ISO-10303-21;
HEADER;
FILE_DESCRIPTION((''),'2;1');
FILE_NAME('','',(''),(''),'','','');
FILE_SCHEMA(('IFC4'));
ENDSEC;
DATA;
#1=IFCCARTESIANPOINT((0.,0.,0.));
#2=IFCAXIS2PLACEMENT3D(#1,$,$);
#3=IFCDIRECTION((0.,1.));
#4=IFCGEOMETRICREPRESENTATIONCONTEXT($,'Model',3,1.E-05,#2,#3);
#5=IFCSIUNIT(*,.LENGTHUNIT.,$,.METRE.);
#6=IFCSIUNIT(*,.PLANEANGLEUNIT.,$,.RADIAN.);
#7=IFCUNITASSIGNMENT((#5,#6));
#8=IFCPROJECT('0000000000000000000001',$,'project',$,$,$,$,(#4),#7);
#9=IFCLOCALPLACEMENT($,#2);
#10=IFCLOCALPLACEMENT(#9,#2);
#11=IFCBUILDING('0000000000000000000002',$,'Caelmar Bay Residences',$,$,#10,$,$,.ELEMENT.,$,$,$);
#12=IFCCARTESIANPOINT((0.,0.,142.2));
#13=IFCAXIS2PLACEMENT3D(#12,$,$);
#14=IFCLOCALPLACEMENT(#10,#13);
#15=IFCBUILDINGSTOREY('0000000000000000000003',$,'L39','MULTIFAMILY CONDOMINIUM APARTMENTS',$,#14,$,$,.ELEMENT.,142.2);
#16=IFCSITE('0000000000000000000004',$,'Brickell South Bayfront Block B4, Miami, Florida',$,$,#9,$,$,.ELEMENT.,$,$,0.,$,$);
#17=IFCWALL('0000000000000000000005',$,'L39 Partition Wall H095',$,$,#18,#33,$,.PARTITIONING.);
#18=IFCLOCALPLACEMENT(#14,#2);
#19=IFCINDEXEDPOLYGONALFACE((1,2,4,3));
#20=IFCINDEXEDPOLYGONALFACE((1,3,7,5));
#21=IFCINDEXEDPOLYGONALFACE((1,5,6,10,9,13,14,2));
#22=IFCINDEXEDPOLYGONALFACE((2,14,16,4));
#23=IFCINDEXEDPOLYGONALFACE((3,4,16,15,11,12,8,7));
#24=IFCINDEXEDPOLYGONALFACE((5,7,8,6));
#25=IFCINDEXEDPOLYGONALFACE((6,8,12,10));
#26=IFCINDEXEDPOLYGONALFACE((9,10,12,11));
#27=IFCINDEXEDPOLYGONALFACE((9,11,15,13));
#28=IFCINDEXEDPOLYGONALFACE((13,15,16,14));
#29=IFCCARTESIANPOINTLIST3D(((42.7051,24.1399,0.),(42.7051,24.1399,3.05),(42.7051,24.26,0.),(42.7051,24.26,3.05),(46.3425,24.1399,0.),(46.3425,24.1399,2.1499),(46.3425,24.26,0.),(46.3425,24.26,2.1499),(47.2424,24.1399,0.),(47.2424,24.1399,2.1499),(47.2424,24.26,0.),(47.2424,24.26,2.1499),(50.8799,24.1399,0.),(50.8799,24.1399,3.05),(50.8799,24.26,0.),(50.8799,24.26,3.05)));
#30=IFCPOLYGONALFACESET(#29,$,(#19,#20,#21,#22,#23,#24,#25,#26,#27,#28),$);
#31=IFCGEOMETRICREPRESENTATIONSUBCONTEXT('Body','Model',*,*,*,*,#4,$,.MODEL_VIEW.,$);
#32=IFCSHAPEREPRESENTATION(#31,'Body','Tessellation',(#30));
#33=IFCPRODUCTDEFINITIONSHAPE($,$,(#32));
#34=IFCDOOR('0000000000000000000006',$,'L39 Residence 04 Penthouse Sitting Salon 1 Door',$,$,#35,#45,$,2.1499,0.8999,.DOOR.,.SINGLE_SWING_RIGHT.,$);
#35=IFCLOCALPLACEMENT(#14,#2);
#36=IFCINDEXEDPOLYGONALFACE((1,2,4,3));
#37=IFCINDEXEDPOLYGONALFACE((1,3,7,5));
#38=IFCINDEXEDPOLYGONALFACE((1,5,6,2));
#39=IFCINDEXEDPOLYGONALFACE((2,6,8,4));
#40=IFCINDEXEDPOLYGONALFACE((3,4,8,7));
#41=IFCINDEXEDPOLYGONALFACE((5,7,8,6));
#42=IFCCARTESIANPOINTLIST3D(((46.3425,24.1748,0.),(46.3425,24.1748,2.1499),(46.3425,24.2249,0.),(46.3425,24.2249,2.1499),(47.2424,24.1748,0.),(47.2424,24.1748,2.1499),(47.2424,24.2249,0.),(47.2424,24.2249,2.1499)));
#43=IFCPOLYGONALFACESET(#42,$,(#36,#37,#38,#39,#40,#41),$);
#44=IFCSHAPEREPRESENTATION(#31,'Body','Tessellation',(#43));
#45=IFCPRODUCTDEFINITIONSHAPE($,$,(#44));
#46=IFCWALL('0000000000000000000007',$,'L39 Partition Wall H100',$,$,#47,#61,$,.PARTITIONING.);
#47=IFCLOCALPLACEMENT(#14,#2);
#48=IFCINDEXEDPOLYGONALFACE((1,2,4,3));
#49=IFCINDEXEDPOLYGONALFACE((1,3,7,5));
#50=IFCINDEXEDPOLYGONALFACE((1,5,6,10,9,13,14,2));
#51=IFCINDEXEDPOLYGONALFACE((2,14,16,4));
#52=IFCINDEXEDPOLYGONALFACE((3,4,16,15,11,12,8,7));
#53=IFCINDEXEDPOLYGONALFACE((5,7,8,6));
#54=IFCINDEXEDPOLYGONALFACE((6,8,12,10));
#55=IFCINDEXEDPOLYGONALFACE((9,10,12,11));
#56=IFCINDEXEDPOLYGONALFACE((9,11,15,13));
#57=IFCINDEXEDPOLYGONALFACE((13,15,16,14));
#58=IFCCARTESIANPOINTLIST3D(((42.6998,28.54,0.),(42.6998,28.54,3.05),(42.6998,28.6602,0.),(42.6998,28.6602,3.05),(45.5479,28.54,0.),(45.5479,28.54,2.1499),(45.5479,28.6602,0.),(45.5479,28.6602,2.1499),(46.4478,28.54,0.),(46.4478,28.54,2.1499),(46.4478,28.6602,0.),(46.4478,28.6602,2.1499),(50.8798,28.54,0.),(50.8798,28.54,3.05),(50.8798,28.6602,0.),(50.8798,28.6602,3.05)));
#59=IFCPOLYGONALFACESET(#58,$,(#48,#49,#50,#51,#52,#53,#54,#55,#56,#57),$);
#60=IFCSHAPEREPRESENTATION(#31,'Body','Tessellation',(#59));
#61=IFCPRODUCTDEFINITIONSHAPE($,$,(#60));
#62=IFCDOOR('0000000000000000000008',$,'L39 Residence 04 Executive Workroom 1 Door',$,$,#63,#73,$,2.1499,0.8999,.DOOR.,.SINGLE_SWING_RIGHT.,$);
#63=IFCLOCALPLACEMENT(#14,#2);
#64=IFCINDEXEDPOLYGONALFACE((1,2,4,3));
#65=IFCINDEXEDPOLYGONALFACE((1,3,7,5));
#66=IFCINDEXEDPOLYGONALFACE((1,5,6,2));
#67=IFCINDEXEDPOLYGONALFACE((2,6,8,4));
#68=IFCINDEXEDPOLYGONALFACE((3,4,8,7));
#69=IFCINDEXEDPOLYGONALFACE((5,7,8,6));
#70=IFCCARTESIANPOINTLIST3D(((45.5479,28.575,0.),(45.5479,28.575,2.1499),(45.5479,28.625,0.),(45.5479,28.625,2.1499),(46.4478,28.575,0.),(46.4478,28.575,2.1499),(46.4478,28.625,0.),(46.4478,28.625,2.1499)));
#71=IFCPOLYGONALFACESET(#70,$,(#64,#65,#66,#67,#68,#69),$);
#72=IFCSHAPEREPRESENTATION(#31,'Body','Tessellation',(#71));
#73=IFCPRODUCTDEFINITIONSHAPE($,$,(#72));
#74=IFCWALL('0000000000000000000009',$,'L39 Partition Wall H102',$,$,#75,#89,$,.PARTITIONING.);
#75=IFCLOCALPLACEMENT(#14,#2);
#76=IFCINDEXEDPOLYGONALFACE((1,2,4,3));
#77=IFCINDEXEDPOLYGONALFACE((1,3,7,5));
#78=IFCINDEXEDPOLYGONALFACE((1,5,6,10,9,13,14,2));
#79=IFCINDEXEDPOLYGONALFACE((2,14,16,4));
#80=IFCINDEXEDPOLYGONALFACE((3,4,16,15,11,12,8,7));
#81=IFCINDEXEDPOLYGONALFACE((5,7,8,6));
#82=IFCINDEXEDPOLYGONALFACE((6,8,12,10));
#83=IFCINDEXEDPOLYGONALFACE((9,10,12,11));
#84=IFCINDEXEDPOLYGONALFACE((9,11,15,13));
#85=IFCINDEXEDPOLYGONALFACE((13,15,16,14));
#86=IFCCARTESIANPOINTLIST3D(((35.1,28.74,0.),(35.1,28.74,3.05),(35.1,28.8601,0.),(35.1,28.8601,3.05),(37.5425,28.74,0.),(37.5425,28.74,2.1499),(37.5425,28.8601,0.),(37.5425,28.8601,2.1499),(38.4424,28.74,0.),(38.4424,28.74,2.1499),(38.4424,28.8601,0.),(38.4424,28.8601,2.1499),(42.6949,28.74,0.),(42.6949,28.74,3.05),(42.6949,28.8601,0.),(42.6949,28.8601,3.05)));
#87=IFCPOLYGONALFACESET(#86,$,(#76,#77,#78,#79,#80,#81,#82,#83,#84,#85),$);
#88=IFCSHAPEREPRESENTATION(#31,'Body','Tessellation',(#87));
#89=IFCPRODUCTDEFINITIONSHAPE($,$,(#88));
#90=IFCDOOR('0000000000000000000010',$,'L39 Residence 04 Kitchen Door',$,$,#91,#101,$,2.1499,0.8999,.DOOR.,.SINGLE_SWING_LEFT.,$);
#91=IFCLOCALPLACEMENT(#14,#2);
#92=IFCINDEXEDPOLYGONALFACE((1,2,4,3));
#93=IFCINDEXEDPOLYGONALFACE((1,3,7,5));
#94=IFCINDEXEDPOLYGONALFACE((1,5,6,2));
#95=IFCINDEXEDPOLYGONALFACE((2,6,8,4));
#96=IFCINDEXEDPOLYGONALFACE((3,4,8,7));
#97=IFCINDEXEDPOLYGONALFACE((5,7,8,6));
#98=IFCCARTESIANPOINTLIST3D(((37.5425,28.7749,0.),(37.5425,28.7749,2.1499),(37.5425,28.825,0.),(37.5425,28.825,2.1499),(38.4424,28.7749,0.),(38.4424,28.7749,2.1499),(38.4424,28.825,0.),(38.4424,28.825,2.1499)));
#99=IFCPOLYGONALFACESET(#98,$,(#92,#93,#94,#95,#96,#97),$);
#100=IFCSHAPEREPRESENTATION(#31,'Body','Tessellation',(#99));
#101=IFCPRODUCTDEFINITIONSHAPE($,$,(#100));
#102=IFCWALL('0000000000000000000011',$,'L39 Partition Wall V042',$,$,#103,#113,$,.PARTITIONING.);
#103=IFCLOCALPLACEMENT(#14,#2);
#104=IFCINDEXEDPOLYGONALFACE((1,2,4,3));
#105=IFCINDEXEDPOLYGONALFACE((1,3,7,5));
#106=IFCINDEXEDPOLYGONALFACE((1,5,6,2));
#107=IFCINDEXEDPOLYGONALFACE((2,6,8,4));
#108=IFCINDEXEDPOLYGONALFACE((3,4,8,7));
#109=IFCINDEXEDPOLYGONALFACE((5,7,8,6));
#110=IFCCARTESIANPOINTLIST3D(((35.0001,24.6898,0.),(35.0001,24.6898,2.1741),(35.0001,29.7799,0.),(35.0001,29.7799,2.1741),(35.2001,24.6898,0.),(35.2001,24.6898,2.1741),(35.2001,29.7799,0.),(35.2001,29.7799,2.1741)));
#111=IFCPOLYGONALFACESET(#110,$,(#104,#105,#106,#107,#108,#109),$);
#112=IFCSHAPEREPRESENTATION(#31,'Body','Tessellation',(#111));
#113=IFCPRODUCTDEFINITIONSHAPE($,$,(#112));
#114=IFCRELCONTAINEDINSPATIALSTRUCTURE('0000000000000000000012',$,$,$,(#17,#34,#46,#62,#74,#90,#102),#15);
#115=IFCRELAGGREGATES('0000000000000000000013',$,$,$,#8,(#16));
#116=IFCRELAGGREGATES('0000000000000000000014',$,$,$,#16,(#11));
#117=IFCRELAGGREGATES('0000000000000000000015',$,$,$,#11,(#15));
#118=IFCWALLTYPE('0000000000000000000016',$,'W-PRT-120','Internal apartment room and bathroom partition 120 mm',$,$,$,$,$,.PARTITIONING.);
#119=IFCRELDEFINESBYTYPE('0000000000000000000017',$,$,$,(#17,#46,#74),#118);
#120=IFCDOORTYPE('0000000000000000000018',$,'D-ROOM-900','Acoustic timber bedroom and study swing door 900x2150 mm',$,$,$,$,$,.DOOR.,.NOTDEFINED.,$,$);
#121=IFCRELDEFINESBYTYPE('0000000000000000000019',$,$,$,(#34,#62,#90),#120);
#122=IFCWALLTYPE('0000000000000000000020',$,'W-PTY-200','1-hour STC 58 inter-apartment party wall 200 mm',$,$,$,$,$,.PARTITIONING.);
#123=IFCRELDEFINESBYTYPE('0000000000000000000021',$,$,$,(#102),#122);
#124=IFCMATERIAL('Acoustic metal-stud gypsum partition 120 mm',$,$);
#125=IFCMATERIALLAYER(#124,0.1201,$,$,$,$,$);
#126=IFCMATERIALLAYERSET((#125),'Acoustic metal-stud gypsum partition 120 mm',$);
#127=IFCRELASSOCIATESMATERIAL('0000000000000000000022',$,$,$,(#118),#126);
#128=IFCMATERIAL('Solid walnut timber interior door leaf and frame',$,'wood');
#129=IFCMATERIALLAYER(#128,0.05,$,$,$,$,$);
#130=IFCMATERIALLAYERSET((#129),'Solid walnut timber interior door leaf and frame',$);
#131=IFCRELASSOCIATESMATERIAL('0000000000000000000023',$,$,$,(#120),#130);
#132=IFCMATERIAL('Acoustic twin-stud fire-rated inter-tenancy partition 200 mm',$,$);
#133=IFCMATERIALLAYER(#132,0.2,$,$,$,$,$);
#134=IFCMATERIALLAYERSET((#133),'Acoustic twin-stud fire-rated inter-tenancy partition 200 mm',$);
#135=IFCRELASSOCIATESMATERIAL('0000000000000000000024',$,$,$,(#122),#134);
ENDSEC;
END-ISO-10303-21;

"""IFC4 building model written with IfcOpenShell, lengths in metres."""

from ifc_helpers import new_model, si_unit, direction, frame, frame_2d, origin, place, context, subcontext, project, spatial, rectangle, extrude, material, layer, layer_set, type_object, element, fill, save


model = new_model("IFC4")

# Units and contexts
model_context = context("Model", 3, precision=1e-05, world=origin(), true_north=direction((0.0, 1.0)))
body_context = subcontext(model_context, "Body", "Model", "MODEL_VIEW")
ifc_project = project(units=[si_unit("LENGTHUNIT", "METRE"), si_unit("PLANEANGLEUNIT", "RADIAN")], contexts=[model_context])

# Site, building, storey
site_placement = place(None, origin())
site = spatial("IfcSite", under=ifc_project, at=site_placement, Name="Brickell South Bayfront Block B4, Miami, Florida", CompositionType="ELEMENT", RefElevation=0.0)
building_placement = place(site_placement, origin())
building = spatial("IfcBuilding", under=site, at=building_placement, Name="Caelmar Bay Residences", CompositionType="ELEMENT")
storey_placement = place(building_placement, frame((0.0, 0.0, 142.2)))
storey = spatial("IfcBuildingStorey", under=building, at=storey_placement, Name="L39", Description="MULTIFAMILY CONDOMINIUM APARTMENTS", CompositionType="ELEMENT", Elevation=142.2)

# Shared definitions
ifc_material_1 = material(Name="Acoustic metal-stud gypsum partition 120 mm")
ifc_layer_1 = layer(ifc_material_1, 0.1201)
ifc_layer_set_1 = layer_set([ifc_layer_1], Name="Acoustic metal-stud gypsum partition 120 mm")
wall_type_1 = type_object("IfcWallType", Name="W-PRT-120", Description="Internal apartment room and bathroom partition 120 mm", PredefinedType="PARTITIONING", material=ifc_layer_set_1)

# Walls, openings, doors
ifc_material_2 = material(Name="Solid walnut timber interior door leaf and frame", Category="wood")
ifc_layer_2 = layer(ifc_material_2, 0.05)
ifc_layer_set_2 = layer_set([ifc_layer_2], Name="Solid walnut timber interior door leaf and frame")
door_type = type_object("IfcDoorType", Name="D-ROOM-900", Description="Acoustic timber bedroom and study swing door 900x2150 mm", OperationType="NOTDEFINED", PredefinedType="DOOR", material=ifc_layer_set_2)
wall_1_placement = place(storey_placement, frame((42.7051, 24.2, 0.0), z_axis=(0.0, 0.0, 1.0), x_axis=(1.0, 0.0, 0.0)))
wall_1 = element("IfcWall", 1, at=wall_1_placement, inside=storey, type_object=wall_type_1, Name="L39 Partition Wall H095", PredefinedType="PARTITIONING", context=body_context, shape_type="SweptSolid", body=[
    extrude(rectangle(XDim=8.1748, YDim=0.1201, at=frame_2d((4.0874, 0.0))), origin(), (0.0, 0.0, 1.0), 3.05),
])
opening_1_placement = place(wall_1_placement, frame((3.6375, 0.0, 0.0)))
opening_1 = element("IfcOpeningElement", 2, at=opening_1_placement, cuts=wall_1, PredefinedType="OPENING", context=body_context, shape_type="SweptSolid", body=[
    extrude(rectangle(XDim=0.8999, YDim=2.1499, at=frame_2d((0.45, 1.075))), frame((0.0, 0.0701, 0.0), z_axis=(0.0, -1.0, 0.0), x_axis=(1.0, 0.0, 0.0)), (0.0, 0.0, 1.0), 0.1401),
])
door_1_placement = place(opening_1_placement, origin())
door_1 = element("IfcDoor", 3, at=door_1_placement, inside=storey, type_object=door_type, Name="L39 Residence 04 Penthouse Sitting Salon 1 Door", OperationType="SINGLE_SWING_RIGHT", OverallHeight=2.1499, OverallWidth=0.8999, PredefinedType="DOOR", context=body_context, shape_type="SweptSolid", body=[
    extrude(rectangle(XDim=0.8999, YDim=2.1499, at=frame_2d((0.45, 1.075))), frame((0.0, 0.0249, 0.0), z_axis=(0.0, -1.0, 0.0), x_axis=(1.0, 0.0, 0.0)), (0.0, 0.0, 1.0), 0.05),
])
fill(opening_1, door_1)
wall_2_placement = place(storey_placement, frame((42.7, 28.6001, 0.0), z_axis=(0.0, 0.0, 1.0), x_axis=(1.0, 0.0, 0.0)))
wall_2 = element("IfcWall", 4, at=wall_2_placement, inside=storey, type_object=wall_type_1, Name="L39 Partition Wall H100", PredefinedType="PARTITIONING", context=body_context, shape_type="SweptSolid", body=[
    extrude(rectangle(XDim=8.1799, YDim=0.1201, at=frame_2d((4.0898, 0.0))), origin(), (0.0, 0.0, 1.0), 3.05),
])
opening_2_placement = place(wall_2_placement, frame((2.8479, 0.0, 0.0)))
opening_2 = element("IfcOpeningElement", 5, at=opening_2_placement, cuts=wall_2, PredefinedType="OPENING", context=body_context, shape_type="SweptSolid", body=[
    extrude(rectangle(XDim=0.8999, YDim=2.1499, at=frame_2d((0.45, 1.075))), frame((0.0, 0.0701, 0.0), z_axis=(0.0, -1.0, 0.0), x_axis=(1.0, 0.0, 0.0)), (0.0, 0.0, 1.0), 0.1401),
])
door_2_placement = place(opening_2_placement, origin())
door_2 = element("IfcDoor", 6, at=door_2_placement, inside=storey, type_object=door_type, Name="L39 Residence 04 Executive Workroom 1 Door", OperationType="SINGLE_SWING_RIGHT", OverallHeight=2.1499, OverallWidth=0.8999, PredefinedType="DOOR", context=body_context, shape_type="SweptSolid", body=[
    extrude(rectangle(XDim=0.8999, YDim=2.1499, at=frame_2d((0.45, 1.075))), frame((0.0, 0.0249, 0.0), z_axis=(0.0, -1.0, 0.0), x_axis=(1.0, 0.0, 0.0)), (0.0, 0.0, 1.0), 0.05),
])
fill(opening_2, door_2)
wall_3_placement = place(storey_placement, frame((35.1001, 28.8, 0.0), z_axis=(0.0, 0.0, 1.0), x_axis=(1.0, 0.0, 0.0)))
wall_3 = element("IfcWall", 7, at=wall_3_placement, inside=storey, type_object=wall_type_1, Name="L39 Partition Wall H102", PredefinedType="PARTITIONING", context=body_context, shape_type="SweptSolid", body=[
    extrude(rectangle(XDim=7.595, YDim=0.1201, at=frame_2d((3.7974, 0.0))), origin(), (0.0, 0.0, 1.0), 3.05),
])
opening_3_placement = place(wall_3_placement, frame((2.4424, 0.0, 0.0)))
opening_3 = element("IfcOpeningElement", 8, at=opening_3_placement, cuts=wall_3, PredefinedType="OPENING", context=body_context, shape_type="SweptSolid", body=[
    extrude(rectangle(XDim=0.8999, YDim=2.1499, at=frame_2d((0.45, 1.075))), frame((0.0, 0.0701, 0.0), z_axis=(0.0, -1.0, 0.0), x_axis=(1.0, 0.0, 0.0)), (0.0, 0.0, 1.0), 0.1401),
])
door_3_placement = place(opening_3_placement, origin())
door_3 = element("IfcDoor", 9, at=door_3_placement, inside=storey, type_object=door_type, Name="L39 Residence 04 Kitchen Door", OperationType="SINGLE_SWING_LEFT", OverallHeight=2.1499, OverallWidth=0.8999, PredefinedType="DOOR", context=body_context, shape_type="SweptSolid", body=[
    extrude(rectangle(XDim=0.8999, YDim=2.1499, at=frame_2d((0.45, 1.075))), frame((0.0, 0.0249, 0.0), z_axis=(0.0, -1.0, 0.0), x_axis=(1.0, 0.0, 0.0)), (0.0, 0.0, 1.0), 0.05),
])
fill(opening_3, door_3)

# Wall
ifc_material_3 = material(Name="Acoustic twin-stud fire-rated inter-tenancy partition 200 mm")
ifc_layer_3 = layer(ifc_material_3, 0.2)
ifc_layer_set_3 = layer_set([ifc_layer_3], Name="Acoustic twin-stud fire-rated inter-tenancy partition 200 mm")
wall_type_2 = type_object("IfcWallType", Name="W-PTY-200", Description="1-hour STC 58 inter-apartment party wall 200 mm", PredefinedType="PARTITIONING", material=ifc_layer_set_3)
wall_4_placement = place(storey_placement, frame((35.1001, 24.6899, 0.0), z_axis=(0.0, 0.0, 1.0), x_axis=(0.0, 1.0, 0.0)))
element("IfcWall", 10, at=wall_4_placement, inside=storey, type_object=wall_type_2, Name="L39 Partition Wall V042", PredefinedType="PARTITIONING", context=body_context, shape_type="SweptSolid", body=[
    extrude(rectangle(XDim=5.0901, YDim=0.2, at=frame_2d((2.5449, 0.0))), origin(), (0.0, 0.0, 1.0), 2.1741),
])

save(model, "model.ifc")
